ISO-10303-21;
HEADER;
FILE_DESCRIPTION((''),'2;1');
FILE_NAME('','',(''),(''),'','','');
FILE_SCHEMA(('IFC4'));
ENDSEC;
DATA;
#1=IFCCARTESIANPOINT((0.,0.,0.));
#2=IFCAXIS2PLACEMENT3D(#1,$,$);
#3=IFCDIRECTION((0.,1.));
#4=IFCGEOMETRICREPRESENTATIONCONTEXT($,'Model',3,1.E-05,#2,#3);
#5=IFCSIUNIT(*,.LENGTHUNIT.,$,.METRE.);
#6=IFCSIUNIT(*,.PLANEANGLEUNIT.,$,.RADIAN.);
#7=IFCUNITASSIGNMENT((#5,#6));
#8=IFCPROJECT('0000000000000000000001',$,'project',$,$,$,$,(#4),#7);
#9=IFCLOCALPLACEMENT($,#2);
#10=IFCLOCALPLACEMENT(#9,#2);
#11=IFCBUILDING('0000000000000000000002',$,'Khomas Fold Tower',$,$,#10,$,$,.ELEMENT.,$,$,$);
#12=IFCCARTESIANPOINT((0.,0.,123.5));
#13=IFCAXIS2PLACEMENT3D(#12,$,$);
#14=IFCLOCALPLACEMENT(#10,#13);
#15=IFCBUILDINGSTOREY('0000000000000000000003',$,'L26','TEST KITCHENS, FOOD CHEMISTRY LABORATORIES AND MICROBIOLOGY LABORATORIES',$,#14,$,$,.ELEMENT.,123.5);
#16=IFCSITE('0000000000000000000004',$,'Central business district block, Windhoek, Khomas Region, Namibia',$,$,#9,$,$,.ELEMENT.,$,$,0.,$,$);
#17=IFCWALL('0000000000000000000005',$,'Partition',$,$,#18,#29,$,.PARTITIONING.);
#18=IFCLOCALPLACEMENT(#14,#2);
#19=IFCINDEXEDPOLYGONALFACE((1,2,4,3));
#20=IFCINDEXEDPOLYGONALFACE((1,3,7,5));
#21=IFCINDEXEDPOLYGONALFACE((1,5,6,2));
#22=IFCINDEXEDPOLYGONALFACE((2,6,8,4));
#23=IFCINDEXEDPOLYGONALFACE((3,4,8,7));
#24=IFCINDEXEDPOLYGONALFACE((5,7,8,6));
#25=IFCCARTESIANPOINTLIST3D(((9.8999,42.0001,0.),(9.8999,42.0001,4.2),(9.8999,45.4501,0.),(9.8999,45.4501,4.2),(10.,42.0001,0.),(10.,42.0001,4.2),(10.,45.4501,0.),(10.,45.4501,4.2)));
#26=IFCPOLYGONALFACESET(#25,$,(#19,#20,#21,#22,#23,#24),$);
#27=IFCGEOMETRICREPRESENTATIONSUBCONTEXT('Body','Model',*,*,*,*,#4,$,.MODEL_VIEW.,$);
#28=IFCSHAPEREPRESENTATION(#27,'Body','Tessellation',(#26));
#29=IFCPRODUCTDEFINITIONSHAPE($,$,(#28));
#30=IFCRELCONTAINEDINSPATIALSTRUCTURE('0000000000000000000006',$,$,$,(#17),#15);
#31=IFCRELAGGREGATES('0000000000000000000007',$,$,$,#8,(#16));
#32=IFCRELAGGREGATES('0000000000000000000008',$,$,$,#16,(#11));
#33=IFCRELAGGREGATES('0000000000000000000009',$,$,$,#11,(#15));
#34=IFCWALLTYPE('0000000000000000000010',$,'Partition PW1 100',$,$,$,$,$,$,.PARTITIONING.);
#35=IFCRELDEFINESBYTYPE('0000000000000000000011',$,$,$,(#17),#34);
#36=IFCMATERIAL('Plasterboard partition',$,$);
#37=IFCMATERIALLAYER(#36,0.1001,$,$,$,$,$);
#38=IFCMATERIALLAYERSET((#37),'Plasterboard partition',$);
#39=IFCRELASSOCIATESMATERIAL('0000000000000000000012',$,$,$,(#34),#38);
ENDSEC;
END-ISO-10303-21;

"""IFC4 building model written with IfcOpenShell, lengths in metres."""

from ifc_helpers import new_model, si_unit, direction, frame, frame_2d, origin, place, context, subcontext, project, spatial, rectangle, extrude, source, transform, mapped, material, layer, layer_set, type_object, element, save


model = new_model("IFC4")

# Units and contexts
model_context = context("Model", 3, precision=1e-05, world=origin(), true_north=direction((0.0, 1.0)))
body_context = subcontext(model_context, "Body", "Model", "MODEL_VIEW")
ifc_project = project(units=[si_unit("LENGTHUNIT", "METRE"), si_unit("PLANEANGLEUNIT", "RADIAN")], contexts=[model_context])

# Site, building, storey
site_placement = place(None, origin())
site = spatial("IfcSite", under=ifc_project, at=site_placement, Name="Central business district block, Windhoek, Khomas Region, Namibia", CompositionType="ELEMENT", RefElevation=0.0)
building_placement = place(site_placement, origin())
building = spatial("IfcBuilding", under=site, at=building_placement, Name="Khomas Fold Tower", CompositionType="ELEMENT")
storey_placement = place(building_placement, frame((0.0, 0.0, 123.5)))
storey = spatial("IfcBuildingStorey", under=building, at=storey_placement, Name="L26", Description="TEST KITCHENS, FOOD CHEMISTRY LABORATORIES AND MICROBIOLOGY LABORATORIES", CompositionType="ELEMENT", Elevation=123.5)

# Wall
ifc_material_1 = material(Name="Plasterboard partition")
ifc_layer_1 = layer(ifc_material_1, 0.1001)
ifc_layer_set_1 = layer_set([ifc_layer_1], Name="Plasterboard partition")
wall_type_1 = type_object("IfcWallType", Name="Partition PW1 100", PredefinedType="PARTITIONING", material=ifc_layer_set_1)
shared_shape_1 = source(origin(), body_context, "Body", "SweptSolid", [
    extrude(rectangle(XDim=3.45, YDim=0.1001, at=frame_2d((1.7251, 0.0))), origin(), (0.0, 0.0, 1.0), 4.2),
])
wall_1_placement = place(storey_placement, frame((9.95, 42.0, 0.0), z_axis=(0.0, 0.0, 1.0), x_axis=(0.0, 1.0, 0.0)))
element("IfcWall", 1, at=wall_1_placement, inside=storey, type_object=wall_type_1, Name="Partition", PredefinedType="PARTITIONING", context=body_context, shape_type="MappedRepresentation", body=[
    mapped(shared_shape_1, transform((0.0, 0.0, 0.0))),
])

save(model, "model.ifc")
